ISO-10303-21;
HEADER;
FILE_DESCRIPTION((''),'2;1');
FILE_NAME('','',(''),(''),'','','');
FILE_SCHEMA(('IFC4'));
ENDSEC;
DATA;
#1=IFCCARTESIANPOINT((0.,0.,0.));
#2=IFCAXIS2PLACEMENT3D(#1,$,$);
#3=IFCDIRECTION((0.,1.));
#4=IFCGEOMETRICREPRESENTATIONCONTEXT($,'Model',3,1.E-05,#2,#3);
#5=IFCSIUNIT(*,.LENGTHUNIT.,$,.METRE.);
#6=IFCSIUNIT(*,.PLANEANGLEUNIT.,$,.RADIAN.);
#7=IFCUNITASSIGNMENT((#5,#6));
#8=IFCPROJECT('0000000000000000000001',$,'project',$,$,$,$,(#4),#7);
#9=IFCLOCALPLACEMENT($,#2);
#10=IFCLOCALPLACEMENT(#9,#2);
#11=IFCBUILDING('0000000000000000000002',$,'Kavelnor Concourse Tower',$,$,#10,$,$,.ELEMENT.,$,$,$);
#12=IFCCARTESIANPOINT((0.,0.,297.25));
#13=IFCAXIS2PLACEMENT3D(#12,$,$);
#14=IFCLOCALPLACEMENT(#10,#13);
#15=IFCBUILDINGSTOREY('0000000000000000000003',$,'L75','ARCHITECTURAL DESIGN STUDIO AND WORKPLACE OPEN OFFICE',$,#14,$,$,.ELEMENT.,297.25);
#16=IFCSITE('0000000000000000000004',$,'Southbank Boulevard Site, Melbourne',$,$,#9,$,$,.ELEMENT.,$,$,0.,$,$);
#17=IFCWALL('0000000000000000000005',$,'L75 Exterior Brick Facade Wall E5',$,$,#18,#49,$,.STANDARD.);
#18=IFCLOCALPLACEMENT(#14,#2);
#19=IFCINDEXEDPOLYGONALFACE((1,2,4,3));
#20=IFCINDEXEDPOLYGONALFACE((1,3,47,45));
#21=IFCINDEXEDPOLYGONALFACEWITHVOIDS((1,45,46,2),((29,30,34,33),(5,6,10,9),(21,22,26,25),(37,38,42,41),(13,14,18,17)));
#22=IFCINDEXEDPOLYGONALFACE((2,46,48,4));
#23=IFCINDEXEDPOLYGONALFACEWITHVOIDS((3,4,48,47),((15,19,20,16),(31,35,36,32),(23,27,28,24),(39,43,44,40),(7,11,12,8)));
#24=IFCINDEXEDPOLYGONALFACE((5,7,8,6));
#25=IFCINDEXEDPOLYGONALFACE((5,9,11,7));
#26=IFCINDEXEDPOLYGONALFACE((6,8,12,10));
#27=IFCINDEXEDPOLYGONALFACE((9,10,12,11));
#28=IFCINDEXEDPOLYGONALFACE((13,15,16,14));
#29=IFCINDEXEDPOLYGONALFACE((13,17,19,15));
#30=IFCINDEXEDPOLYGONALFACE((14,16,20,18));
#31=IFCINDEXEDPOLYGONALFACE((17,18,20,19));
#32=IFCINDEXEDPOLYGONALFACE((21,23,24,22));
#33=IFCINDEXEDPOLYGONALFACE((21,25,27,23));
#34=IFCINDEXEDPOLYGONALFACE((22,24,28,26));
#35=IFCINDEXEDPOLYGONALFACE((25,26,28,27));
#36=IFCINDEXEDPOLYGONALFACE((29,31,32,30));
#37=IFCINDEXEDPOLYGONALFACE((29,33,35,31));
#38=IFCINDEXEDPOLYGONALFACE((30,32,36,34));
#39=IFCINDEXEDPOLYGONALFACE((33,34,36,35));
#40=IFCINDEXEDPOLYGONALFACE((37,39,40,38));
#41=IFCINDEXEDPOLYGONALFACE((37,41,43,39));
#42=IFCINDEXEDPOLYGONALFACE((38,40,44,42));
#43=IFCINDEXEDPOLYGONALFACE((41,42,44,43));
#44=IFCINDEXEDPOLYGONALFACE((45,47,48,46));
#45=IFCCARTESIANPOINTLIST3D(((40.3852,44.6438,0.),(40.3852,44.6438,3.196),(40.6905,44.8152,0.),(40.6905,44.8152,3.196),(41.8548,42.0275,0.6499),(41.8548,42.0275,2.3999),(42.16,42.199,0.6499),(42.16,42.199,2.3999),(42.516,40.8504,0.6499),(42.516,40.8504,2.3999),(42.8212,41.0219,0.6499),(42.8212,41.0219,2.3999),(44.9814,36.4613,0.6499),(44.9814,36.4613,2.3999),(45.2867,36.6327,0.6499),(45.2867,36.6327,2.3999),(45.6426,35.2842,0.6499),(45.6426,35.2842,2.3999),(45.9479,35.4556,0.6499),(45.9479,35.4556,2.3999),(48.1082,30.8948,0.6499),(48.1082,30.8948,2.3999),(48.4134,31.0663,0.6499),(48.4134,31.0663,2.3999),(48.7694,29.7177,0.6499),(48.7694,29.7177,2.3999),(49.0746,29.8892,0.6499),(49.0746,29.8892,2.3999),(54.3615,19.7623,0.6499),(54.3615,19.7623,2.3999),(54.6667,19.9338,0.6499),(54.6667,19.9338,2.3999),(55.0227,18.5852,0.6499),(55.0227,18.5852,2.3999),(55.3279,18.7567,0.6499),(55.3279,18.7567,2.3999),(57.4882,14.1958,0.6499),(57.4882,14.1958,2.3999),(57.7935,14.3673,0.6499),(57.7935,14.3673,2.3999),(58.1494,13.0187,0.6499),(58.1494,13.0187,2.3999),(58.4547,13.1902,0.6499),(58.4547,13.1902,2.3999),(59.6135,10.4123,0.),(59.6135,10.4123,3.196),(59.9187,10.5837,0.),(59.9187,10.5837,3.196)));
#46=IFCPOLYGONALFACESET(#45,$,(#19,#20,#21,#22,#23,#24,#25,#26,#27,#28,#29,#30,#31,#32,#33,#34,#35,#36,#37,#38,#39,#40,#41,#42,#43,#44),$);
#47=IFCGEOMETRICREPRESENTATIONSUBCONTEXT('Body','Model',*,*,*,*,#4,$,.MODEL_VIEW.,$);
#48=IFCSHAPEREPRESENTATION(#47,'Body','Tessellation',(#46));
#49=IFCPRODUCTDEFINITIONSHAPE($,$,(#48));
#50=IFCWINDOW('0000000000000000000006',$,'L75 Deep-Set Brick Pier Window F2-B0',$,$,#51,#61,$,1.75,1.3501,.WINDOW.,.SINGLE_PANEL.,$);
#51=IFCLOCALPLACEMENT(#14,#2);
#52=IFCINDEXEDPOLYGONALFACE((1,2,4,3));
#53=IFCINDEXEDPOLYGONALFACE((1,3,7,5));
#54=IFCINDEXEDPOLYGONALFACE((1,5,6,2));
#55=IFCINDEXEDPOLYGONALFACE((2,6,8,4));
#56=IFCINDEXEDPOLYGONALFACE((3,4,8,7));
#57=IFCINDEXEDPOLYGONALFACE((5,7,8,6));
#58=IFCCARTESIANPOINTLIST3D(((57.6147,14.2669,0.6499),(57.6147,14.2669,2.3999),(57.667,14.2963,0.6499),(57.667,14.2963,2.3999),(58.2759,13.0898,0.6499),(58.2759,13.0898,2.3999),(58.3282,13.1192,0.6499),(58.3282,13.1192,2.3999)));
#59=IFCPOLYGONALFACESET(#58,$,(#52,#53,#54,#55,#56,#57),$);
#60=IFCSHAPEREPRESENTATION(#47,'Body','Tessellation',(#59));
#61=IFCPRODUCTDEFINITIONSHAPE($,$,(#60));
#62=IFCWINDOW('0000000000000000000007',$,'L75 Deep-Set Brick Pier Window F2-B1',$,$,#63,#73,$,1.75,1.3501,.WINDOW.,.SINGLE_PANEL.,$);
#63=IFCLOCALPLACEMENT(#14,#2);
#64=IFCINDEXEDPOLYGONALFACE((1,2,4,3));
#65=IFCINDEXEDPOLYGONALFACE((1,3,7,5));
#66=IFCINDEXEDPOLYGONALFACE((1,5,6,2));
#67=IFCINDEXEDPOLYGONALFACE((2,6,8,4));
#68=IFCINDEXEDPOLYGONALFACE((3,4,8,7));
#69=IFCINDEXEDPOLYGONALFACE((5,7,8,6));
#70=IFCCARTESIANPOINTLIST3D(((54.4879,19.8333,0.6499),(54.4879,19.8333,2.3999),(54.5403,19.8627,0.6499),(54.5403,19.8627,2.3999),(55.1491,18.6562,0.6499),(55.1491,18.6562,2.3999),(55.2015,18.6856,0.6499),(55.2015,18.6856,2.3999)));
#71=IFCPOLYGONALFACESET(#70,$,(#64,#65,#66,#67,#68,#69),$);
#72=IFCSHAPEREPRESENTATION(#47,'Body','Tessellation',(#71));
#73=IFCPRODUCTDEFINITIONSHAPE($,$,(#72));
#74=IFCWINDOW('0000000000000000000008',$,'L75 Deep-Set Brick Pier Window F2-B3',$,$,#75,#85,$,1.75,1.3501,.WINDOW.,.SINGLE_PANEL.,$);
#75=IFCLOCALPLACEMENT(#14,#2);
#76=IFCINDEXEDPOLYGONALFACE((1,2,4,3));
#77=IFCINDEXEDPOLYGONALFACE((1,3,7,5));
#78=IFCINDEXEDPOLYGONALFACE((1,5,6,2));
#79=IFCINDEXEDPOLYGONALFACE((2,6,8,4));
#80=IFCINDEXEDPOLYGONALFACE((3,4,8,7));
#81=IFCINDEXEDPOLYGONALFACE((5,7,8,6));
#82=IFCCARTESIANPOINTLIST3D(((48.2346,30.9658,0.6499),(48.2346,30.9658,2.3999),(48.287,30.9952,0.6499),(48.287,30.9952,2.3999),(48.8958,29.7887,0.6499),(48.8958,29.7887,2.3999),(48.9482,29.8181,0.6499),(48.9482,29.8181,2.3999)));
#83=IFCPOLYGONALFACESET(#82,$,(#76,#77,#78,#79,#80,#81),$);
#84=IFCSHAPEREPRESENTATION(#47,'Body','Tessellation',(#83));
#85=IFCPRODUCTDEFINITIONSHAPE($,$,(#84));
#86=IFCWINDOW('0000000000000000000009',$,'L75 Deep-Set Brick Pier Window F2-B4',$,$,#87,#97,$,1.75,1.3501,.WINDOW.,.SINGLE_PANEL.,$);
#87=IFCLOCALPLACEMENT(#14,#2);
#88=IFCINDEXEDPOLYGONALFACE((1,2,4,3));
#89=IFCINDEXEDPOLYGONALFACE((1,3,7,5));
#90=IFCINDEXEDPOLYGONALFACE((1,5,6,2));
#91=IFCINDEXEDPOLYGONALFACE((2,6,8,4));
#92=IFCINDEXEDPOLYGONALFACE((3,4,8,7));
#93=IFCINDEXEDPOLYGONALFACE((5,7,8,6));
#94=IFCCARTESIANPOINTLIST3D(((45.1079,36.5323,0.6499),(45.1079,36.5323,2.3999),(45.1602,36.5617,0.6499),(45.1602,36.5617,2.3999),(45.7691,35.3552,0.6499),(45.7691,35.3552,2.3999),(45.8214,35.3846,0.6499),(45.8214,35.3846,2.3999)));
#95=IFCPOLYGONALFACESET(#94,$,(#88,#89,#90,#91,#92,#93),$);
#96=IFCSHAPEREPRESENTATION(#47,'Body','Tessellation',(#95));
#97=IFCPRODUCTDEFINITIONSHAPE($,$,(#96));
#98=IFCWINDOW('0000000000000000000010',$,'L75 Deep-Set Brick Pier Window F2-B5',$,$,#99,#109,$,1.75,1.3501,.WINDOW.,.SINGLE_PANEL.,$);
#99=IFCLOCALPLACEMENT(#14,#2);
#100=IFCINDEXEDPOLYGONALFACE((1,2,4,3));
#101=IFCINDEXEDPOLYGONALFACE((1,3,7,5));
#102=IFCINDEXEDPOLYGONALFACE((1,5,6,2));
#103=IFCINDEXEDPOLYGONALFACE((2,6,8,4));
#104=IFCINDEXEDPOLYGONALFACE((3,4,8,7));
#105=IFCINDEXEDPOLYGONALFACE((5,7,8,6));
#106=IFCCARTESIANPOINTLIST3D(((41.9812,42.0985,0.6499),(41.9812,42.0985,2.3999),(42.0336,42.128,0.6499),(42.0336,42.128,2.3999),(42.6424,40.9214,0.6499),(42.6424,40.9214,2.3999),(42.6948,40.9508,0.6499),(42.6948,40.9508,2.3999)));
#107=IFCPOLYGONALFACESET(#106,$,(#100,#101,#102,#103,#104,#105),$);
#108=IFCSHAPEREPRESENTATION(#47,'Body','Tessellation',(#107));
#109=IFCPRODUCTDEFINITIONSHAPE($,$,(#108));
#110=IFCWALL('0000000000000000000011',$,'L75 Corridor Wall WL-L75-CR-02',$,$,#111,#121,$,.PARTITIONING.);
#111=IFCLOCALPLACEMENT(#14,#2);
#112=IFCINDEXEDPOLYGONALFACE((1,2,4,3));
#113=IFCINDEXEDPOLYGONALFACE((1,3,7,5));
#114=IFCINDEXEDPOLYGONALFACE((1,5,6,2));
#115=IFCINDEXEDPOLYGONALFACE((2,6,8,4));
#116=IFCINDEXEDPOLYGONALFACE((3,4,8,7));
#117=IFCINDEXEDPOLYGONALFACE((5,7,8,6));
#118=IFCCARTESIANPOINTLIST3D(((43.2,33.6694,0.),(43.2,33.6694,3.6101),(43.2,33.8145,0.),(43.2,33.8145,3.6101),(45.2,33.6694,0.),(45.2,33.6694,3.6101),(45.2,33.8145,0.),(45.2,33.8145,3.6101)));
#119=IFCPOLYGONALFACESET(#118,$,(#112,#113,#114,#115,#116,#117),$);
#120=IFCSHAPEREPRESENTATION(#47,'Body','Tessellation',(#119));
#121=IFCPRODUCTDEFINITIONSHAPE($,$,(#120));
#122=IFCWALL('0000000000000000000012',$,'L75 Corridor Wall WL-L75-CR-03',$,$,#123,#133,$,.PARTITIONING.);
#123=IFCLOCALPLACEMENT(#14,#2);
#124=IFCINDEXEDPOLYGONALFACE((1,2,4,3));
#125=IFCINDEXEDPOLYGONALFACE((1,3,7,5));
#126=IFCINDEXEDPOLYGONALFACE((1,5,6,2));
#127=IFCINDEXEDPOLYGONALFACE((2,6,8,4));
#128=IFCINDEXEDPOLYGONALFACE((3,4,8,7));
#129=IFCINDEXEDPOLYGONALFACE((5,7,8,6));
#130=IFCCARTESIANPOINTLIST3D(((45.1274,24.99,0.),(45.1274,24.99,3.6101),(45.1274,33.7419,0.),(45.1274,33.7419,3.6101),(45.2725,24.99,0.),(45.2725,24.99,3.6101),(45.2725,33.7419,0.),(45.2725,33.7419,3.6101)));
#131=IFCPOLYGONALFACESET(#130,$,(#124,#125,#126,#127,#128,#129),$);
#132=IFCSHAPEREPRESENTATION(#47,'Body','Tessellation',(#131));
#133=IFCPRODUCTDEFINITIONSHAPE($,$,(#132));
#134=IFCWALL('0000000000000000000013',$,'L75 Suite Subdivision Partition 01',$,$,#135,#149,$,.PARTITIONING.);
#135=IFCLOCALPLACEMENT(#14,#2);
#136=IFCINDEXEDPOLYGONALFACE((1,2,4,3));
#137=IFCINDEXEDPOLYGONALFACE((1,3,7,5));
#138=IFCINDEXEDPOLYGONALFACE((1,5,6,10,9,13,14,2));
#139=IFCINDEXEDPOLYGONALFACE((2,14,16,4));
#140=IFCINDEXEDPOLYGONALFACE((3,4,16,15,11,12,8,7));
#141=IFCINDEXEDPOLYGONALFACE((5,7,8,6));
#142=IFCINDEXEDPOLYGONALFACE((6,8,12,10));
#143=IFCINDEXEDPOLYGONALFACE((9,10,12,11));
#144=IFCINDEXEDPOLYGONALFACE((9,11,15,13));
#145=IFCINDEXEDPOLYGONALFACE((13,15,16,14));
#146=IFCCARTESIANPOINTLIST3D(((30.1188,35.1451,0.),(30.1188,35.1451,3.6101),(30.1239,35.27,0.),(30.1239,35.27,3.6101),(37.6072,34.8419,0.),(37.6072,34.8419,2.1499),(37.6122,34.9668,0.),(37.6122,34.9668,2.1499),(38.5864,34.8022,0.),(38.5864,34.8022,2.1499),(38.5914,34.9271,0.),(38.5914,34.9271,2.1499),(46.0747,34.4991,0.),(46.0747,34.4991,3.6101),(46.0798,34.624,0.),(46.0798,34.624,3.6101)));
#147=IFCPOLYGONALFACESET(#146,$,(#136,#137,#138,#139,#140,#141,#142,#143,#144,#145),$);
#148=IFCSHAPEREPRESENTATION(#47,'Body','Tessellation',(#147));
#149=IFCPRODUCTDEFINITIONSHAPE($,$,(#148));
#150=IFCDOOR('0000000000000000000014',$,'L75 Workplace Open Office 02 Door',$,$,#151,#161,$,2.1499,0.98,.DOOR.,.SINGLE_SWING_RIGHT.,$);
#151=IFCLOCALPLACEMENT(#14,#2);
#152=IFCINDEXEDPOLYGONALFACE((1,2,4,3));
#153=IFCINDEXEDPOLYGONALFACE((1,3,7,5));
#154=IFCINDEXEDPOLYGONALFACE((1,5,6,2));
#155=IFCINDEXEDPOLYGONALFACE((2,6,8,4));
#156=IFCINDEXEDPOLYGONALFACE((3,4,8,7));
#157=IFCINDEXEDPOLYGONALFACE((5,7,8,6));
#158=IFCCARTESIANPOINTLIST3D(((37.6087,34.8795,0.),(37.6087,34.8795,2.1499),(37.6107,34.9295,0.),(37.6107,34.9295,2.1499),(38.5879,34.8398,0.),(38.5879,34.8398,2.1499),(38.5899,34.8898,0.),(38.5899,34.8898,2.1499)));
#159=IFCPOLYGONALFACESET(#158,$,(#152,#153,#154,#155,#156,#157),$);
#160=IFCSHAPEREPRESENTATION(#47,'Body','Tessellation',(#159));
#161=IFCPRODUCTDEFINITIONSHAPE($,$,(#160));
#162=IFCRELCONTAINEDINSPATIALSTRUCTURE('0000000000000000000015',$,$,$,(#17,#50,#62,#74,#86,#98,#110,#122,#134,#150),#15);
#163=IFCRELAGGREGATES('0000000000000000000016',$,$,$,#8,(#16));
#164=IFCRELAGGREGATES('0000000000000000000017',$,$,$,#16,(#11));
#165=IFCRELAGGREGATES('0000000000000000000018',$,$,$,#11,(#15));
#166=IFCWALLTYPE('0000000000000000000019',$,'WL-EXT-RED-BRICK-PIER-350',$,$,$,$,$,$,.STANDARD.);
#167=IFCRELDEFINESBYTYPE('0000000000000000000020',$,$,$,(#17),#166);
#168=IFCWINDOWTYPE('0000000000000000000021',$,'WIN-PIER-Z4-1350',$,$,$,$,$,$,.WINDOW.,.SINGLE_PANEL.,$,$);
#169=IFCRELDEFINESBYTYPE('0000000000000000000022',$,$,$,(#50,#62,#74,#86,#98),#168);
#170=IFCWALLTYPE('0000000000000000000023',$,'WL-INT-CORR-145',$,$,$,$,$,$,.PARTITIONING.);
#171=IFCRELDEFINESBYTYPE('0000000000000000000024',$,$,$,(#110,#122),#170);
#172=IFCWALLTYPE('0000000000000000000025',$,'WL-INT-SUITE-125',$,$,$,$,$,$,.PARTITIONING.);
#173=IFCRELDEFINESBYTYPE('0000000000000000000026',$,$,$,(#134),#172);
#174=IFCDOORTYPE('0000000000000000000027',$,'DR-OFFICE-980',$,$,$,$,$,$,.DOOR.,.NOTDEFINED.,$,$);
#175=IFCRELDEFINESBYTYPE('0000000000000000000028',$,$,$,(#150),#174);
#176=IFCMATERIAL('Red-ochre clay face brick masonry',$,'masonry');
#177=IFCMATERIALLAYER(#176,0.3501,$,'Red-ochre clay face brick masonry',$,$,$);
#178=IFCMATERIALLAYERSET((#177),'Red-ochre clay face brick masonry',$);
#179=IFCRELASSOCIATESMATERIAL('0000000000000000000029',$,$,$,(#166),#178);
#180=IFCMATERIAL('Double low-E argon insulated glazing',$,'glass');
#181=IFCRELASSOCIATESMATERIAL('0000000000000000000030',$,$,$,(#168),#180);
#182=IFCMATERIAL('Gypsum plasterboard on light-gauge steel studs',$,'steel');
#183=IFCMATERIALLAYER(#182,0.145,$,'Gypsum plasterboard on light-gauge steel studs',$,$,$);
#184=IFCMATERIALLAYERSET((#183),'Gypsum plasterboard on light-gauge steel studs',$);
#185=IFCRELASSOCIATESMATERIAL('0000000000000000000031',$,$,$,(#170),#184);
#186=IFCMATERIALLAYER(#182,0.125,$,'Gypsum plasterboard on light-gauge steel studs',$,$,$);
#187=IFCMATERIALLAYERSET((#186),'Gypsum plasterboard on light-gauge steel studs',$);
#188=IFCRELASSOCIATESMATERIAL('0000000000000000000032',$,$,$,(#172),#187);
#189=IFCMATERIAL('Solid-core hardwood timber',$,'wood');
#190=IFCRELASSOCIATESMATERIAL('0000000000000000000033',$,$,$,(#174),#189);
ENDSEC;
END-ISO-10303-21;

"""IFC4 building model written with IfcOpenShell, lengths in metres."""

from ifc_helpers import new_model, si_unit, direction, frame, frame_2d, origin, place, context, subcontext, project, spatial, rectangle, extrude, material, layer, layer_set, type_object, element, fill, save


model = new_model("IFC4")

# Units and contexts
model_context = context("Model", 3, precision=1e-05, world=origin(), true_north=direction((0.0, 1.0)))
body_context = subcontext(model_context, "Body", "Model", "MODEL_VIEW")
ifc_project = project(units=[si_unit("LENGTHUNIT", "METRE"), si_unit("PLANEANGLEUNIT", "RADIAN")], contexts=[model_context])

# Site, building, storey
site_placement = place(None, origin())
site = spatial("IfcSite", under=ifc_project, at=site_placement, Name="Southbank Boulevard Site, Melbourne", CompositionType="ELEMENT", RefElevation=0.0)
building_placement = place(site_placement, origin())
building = spatial("IfcBuilding", under=site, at=building_placement, Name="Kavelnor Concourse Tower", CompositionType="ELEMENT")
storey_placement = place(building_placement, frame((0.0, 0.0, 297.25)))
storey = spatial("IfcBuildingStorey", under=building, at=storey_placement, Name="L75", Description="ARCHITECTURAL DESIGN STUDIO AND WORKPLACE OPEN OFFICE", CompositionType="ELEMENT", Elevation=297.25)

# Wall, openings, windows
ifc_material_1 = material(Name="Red-ochre clay face brick masonry", Category="masonry")
ifc_layer_1 = layer(ifc_material_1, 0.3501, Name="Red-ochre clay face brick masonry")
ifc_layer_set_1 = layer_set([ifc_layer_1], Name="Red-ochre clay face brick masonry")
wall_type_1 = type_object("IfcWallType", Name="WL-EXT-RED-BRICK-PIER-350", PredefinedType="STANDARD", material=ifc_layer_set_1)
wall_1_placement = place(storey_placement, frame((40.5378, 44.7295, 0.0), z_axis=(0.0, 0.0, 1.0), x_axis=(0.48974, -0.871868, 0.0)))
wall_1 = element("IfcWall", 1, at=wall_1_placement, inside=storey, type_object=wall_type_1, Name="L75 Exterior Brick Facade Wall E5", PredefinedType="STANDARD", context=body_context, shape_type="SweptSolid", body=[
    extrude(rectangle(XDim=39.2622, YDim=0.3501, at=frame_2d((19.6311, 0.0))), origin(), (0.0, 0.0, 1.0), 3.196),
])
opening_1_placement = place(wall_1_placement, frame((34.9226, 0.0, 0.6499)))
opening_1 = element("IfcOpeningElement", 2, at=opening_1_placement, cuts=wall_1, PredefinedType="OPENING", context=body_context, shape_type="SweptSolid", body=[
    extrude(rectangle(XDim=1.3501, YDim=1.75, at=frame_2d((0.675, 0.875))), frame((0.0, 0.1851, 0.0), z_axis=(0.0, -1.0, 0.0), x_axis=(1.0, 0.0, 0.0)), (0.0, 0.0, 1.0), 0.3701),
])
opening_2_placement = place(wall_1_placement, frame((28.5381, 0.0, 0.6499)))
opening_2 = element("IfcOpeningElement", 3, at=opening_2_placement, cuts=wall_1, PredefinedType="OPENING", context=body_context, shape_type="SweptSolid", body=[
    extrude(rectangle(XDim=1.3501, YDim=1.75, at=frame_2d((0.675, 0.875))), frame((0.0, 0.1851, 0.0), z_axis=(0.0, -1.0, 0.0), x_axis=(1.0, 0.0, 0.0)), (0.0, 0.0, 1.0), 0.3701),
])
opening_3_placement = place(wall_1_placement, frame((15.7695, 0.0, 0.6499)))
opening_3 = element("IfcOpeningElement", 4, at=opening_3_placement, cuts=wall_1, PredefinedType="OPENING", context=body_context, shape_type="SweptSolid", body=[
    extrude(rectangle(XDim=1.3501, YDim=1.75, at=frame_2d((0.675, 0.875))), frame((0.0, 0.1851, 0.0), z_axis=(0.0, -1.0, 0.0), x_axis=(1.0, 0.0, 0.0)), (0.0, 0.0, 1.0), 0.3701),
])
opening_4_placement = place(wall_1_placement, frame((9.385, 0.0, 0.6499)))
opening_4 = element("IfcOpeningElement", 5, at=opening_4_placement, cuts=wall_1, PredefinedType="OPENING", context=body_context, shape_type="SweptSolid", body=[
    extrude(rectangle(XDim=1.3501, YDim=1.75, at=frame_2d((0.675, 0.875))), frame((0.0, 0.1851, 0.0), z_axis=(0.0, -1.0, 0.0), x_axis=(1.0, 0.0, 0.0)), (0.0, 0.0, 1.0), 0.3701),
])
opening_5_placement = place(wall_1_placement, frame((3.0007, 0.0, 0.6499)))
opening_5 = element("IfcOpeningElement", 6, at=opening_5_placement, cuts=wall_1, PredefinedType="OPENING", context=body_context, shape_type="SweptSolid", body=[
    extrude(rectangle(XDim=1.3501, YDim=1.75, at=frame_2d((0.675, 0.875))), frame((0.0, 0.1851, 0.0), z_axis=(0.0, -1.0, 0.0), x_axis=(1.0, 0.0, 0.0)), (0.0, 0.0, 1.0), 0.3701),
])
ifc_material_2 = material(Name="Double low-E argon insulated glazing", Category="glass")
window_type = type_object("IfcWindowType", Name="WIN-PIER-Z4-1350", PartitioningType="SINGLE_PANEL", PredefinedType="WINDOW", material=ifc_material_2)
window_1_placement = place(opening_1_placement, origin())
window_1 = element("IfcWindow", 7, at=window_1_placement, inside=storey, type_object=window_type, Name="L75 Deep-Set Brick Pier Window F2-B0", OverallHeight=1.75, OverallWidth=1.3501, PartitioningType="SINGLE_PANEL", PredefinedType="WINDOW", context=body_context, shape_type="SweptSolid", body=[
    extrude(rectangle(XDim=1.3501, YDim=1.75, at=frame_2d((0.675, 0.875))), frame((0.0, 0.03, 0.0), z_axis=(0.0, -1.0, 0.0), x_axis=(1.0, 0.0, 0.0)), (0.0, 0.0, 1.0), 0.0601),
])
fill(opening_1, window_1)
window_2_placement = place(opening_2_placement, origin())
window_2 = element("IfcWindow", 8, at=window_2_placement, inside=storey, type_object=window_type, Name="L75 Deep-Set Brick Pier Window F2-B1", OverallHeight=1.75, OverallWidth=1.3501, PartitioningType="SINGLE_PANEL", PredefinedType="WINDOW", context=body_context, shape_type="SweptSolid", body=[
    extrude(rectangle(XDim=1.3501, YDim=1.75, at=frame_2d((0.675, 0.875))), frame((0.0, 0.03, 0.0), z_axis=(0.0, -1.0, 0.0), x_axis=(1.0, 0.0, 0.0)), (0.0, 0.0, 1.0), 0.0601),
])
fill(opening_2, window_2)
window_3_placement = place(opening_3_placement, origin())
window_3 = element("IfcWindow", 9, at=window_3_placement, inside=storey, type_object=window_type, Name="L75 Deep-Set Brick Pier Window F2-B3", OverallHeight=1.75, OverallWidth=1.3501, PartitioningType="SINGLE_PANEL", PredefinedType="WINDOW", context=body_context, shape_type="SweptSolid", body=[
    extrude(rectangle(XDim=1.3501, YDim=1.75, at=frame_2d((0.675, 0.875))), frame((0.0, 0.03, 0.0), z_axis=(0.0, -1.0, 0.0), x_axis=(1.0, 0.0, 0.0)), (0.0, 0.0, 1.0), 0.0601),
])
fill(opening_3, window_3)
window_4_placement = place(opening_4_placement, origin())
window_4 = element("IfcWindow", 10, at=window_4_placement, inside=storey, type_object=window_type, Name="L75 Deep-Set Brick Pier Window F2-B4", OverallHeight=1.75, OverallWidth=1.3501, PartitioningType="SINGLE_PANEL", PredefinedType="WINDOW", context=body_context, shape_type="SweptSolid", body=[
    extrude(rectangle(XDim=1.3501, YDim=1.75, at=frame_2d((0.675, 0.875))), frame((0.0, 0.03, 0.0), z_axis=(0.0, -1.0, 0.0), x_axis=(1.0, 0.0, 0.0)), (0.0, 0.0, 1.0), 0.0601),
])
fill(opening_4, window_4)
window_5_placement = place(opening_5_placement, origin())
window_5 = element("IfcWindow", 11, at=window_5_placement, inside=storey, type_object=window_type, Name="L75 Deep-Set Brick Pier Window F2-B5", OverallHeight=1.75, OverallWidth=1.3501, PartitioningType="SINGLE_PANEL", PredefinedType="WINDOW", context=body_context, shape_type="SweptSolid", body=[
    extrude(rectangle(XDim=1.3501, YDim=1.75, at=frame_2d((0.675, 0.875))), frame((0.0, 0.03, 0.0), z_axis=(0.0, -1.0, 0.0), x_axis=(1.0, 0.0, 0.0)), (0.0, 0.0, 1.0), 0.0601),
])
fill(opening_5, window_5)

# Walls
ifc_material_3 = material(Name="Gypsum plasterboard on light-gauge steel studs", Category="steel")
ifc_layer_2 = layer(ifc_material_3, 0.145, Name="Gypsum plasterboard on light-gauge steel studs")
ifc_layer_set_2 = layer_set([ifc_layer_2], Name="Gypsum plasterboard on light-gauge steel studs")
wall_type_2 = type_object("IfcWallType", Name="WL-INT-CORR-145", PredefinedType="PARTITIONING", material=ifc_layer_set_2)
wall_2_placement = place(storey_placement, frame((43.2, 33.7419, 0.0), z_axis=(0.0, 0.0, 1.0), x_axis=(1.0, 0.0, 0.0)))
element("IfcWall", 12, at=wall_2_placement, inside=storey, type_object=wall_type_2, Name="L75 Corridor Wall WL-L75-CR-02", PredefinedType="PARTITIONING", context=body_context, shape_type="SweptSolid", body=[
    extrude(rectangle(XDim=2.0, YDim=0.145, at=frame_2d((1.0, 0.0))), origin(), (0.0, 0.0, 1.0), 3.6101),
])
wall_3_placement = place(storey_placement, frame((45.2, 33.7419, 0.0), z_axis=(0.0, 0.0, 1.0), x_axis=(0.0, -1.0, 0.0)))
element("IfcWall", 13, at=wall_3_placement, inside=storey, type_object=wall_type_2, Name="L75 Corridor Wall WL-L75-CR-03", PredefinedType="PARTITIONING", context=body_context, shape_type="SweptSolid", body=[
    extrude(rectangle(XDim=8.752, YDim=0.145, at=frame_2d((4.376, 0.0))), origin(), (0.0, 0.0, 1.0), 3.6101),
])

# Wall, opening, door
ifc_layer_3 = layer(ifc_material_3, 0.125, Name="Gypsum plasterboard on light-gauge steel studs")
ifc_layer_set_3 = layer_set([ifc_layer_3], Name="Gypsum plasterboard on light-gauge steel studs")
wall_type_3 = type_object("IfcWallType", Name="WL-INT-SUITE-125", PredefinedType="PARTITIONING", material=ifc_layer_set_3)
wall_4_placement = place(storey_placement, frame((46.0771, 34.5615, 0.0), z_axis=(0.0, 0.0, 1.0), x_axis=(-0.999181, 0.040453, 0.0)))
wall_4 = element("IfcWall", 14, at=wall_4_placement, inside=storey, type_object=wall_type_3, Name="L75 Suite Subdivision Partition 01", PredefinedType="PARTITIONING", context=body_context, shape_type="SweptSolid", body=[
    extrude(rectangle(XDim=15.969, YDim=0.125, at=frame_2d((7.9844, 0.0))), origin(), (0.0, 0.0, 1.0), 3.6101),
])
opening_6_placement = place(wall_4_placement, frame((7.4944, 0.0, 0.0)))
opening_6 = element("IfcOpeningElement", 15, at=opening_6_placement, cuts=wall_4, PredefinedType="OPENING", context=body_context, shape_type="SweptSolid", body=[
    extrude(rectangle(XDim=0.98, YDim=2.1499, at=frame_2d((0.49, 1.075))), frame((0.0, 0.0725, 0.0), z_axis=(0.0, -1.0, 0.0), x_axis=(1.0, 0.0, 0.0)), (0.0, 0.0, 1.0), 0.145),
])
ifc_material_4 = material(Name="Solid-core hardwood timber", Category="wood")
door_type = type_object("IfcDoorType", Name="DR-OFFICE-980", OperationType="NOTDEFINED", PredefinedType="DOOR", material=ifc_material_4)
door_placement = place(opening_6_placement, origin())
door = element("IfcDoor", 16, at=door_placement, inside=storey, type_object=door_type, Name="L75 Workplace Open Office 02 Door", OperationType="SINGLE_SWING_RIGHT", OverallHeight=2.1499, OverallWidth=0.98, PredefinedType="DOOR", context=body_context, shape_type="SweptSolid", body=[
    extrude(rectangle(XDim=0.98, YDim=2.1499, at=frame_2d((0.49, 1.075))), frame((0.0, 0.0249, 0.0), z_axis=(0.0, -1.0, 0.0), x_axis=(1.0, 0.0, 0.0)), (0.0, 0.0, 1.0), 0.05),
])
fill(opening_6, door)

save(model, "model.ifc")
